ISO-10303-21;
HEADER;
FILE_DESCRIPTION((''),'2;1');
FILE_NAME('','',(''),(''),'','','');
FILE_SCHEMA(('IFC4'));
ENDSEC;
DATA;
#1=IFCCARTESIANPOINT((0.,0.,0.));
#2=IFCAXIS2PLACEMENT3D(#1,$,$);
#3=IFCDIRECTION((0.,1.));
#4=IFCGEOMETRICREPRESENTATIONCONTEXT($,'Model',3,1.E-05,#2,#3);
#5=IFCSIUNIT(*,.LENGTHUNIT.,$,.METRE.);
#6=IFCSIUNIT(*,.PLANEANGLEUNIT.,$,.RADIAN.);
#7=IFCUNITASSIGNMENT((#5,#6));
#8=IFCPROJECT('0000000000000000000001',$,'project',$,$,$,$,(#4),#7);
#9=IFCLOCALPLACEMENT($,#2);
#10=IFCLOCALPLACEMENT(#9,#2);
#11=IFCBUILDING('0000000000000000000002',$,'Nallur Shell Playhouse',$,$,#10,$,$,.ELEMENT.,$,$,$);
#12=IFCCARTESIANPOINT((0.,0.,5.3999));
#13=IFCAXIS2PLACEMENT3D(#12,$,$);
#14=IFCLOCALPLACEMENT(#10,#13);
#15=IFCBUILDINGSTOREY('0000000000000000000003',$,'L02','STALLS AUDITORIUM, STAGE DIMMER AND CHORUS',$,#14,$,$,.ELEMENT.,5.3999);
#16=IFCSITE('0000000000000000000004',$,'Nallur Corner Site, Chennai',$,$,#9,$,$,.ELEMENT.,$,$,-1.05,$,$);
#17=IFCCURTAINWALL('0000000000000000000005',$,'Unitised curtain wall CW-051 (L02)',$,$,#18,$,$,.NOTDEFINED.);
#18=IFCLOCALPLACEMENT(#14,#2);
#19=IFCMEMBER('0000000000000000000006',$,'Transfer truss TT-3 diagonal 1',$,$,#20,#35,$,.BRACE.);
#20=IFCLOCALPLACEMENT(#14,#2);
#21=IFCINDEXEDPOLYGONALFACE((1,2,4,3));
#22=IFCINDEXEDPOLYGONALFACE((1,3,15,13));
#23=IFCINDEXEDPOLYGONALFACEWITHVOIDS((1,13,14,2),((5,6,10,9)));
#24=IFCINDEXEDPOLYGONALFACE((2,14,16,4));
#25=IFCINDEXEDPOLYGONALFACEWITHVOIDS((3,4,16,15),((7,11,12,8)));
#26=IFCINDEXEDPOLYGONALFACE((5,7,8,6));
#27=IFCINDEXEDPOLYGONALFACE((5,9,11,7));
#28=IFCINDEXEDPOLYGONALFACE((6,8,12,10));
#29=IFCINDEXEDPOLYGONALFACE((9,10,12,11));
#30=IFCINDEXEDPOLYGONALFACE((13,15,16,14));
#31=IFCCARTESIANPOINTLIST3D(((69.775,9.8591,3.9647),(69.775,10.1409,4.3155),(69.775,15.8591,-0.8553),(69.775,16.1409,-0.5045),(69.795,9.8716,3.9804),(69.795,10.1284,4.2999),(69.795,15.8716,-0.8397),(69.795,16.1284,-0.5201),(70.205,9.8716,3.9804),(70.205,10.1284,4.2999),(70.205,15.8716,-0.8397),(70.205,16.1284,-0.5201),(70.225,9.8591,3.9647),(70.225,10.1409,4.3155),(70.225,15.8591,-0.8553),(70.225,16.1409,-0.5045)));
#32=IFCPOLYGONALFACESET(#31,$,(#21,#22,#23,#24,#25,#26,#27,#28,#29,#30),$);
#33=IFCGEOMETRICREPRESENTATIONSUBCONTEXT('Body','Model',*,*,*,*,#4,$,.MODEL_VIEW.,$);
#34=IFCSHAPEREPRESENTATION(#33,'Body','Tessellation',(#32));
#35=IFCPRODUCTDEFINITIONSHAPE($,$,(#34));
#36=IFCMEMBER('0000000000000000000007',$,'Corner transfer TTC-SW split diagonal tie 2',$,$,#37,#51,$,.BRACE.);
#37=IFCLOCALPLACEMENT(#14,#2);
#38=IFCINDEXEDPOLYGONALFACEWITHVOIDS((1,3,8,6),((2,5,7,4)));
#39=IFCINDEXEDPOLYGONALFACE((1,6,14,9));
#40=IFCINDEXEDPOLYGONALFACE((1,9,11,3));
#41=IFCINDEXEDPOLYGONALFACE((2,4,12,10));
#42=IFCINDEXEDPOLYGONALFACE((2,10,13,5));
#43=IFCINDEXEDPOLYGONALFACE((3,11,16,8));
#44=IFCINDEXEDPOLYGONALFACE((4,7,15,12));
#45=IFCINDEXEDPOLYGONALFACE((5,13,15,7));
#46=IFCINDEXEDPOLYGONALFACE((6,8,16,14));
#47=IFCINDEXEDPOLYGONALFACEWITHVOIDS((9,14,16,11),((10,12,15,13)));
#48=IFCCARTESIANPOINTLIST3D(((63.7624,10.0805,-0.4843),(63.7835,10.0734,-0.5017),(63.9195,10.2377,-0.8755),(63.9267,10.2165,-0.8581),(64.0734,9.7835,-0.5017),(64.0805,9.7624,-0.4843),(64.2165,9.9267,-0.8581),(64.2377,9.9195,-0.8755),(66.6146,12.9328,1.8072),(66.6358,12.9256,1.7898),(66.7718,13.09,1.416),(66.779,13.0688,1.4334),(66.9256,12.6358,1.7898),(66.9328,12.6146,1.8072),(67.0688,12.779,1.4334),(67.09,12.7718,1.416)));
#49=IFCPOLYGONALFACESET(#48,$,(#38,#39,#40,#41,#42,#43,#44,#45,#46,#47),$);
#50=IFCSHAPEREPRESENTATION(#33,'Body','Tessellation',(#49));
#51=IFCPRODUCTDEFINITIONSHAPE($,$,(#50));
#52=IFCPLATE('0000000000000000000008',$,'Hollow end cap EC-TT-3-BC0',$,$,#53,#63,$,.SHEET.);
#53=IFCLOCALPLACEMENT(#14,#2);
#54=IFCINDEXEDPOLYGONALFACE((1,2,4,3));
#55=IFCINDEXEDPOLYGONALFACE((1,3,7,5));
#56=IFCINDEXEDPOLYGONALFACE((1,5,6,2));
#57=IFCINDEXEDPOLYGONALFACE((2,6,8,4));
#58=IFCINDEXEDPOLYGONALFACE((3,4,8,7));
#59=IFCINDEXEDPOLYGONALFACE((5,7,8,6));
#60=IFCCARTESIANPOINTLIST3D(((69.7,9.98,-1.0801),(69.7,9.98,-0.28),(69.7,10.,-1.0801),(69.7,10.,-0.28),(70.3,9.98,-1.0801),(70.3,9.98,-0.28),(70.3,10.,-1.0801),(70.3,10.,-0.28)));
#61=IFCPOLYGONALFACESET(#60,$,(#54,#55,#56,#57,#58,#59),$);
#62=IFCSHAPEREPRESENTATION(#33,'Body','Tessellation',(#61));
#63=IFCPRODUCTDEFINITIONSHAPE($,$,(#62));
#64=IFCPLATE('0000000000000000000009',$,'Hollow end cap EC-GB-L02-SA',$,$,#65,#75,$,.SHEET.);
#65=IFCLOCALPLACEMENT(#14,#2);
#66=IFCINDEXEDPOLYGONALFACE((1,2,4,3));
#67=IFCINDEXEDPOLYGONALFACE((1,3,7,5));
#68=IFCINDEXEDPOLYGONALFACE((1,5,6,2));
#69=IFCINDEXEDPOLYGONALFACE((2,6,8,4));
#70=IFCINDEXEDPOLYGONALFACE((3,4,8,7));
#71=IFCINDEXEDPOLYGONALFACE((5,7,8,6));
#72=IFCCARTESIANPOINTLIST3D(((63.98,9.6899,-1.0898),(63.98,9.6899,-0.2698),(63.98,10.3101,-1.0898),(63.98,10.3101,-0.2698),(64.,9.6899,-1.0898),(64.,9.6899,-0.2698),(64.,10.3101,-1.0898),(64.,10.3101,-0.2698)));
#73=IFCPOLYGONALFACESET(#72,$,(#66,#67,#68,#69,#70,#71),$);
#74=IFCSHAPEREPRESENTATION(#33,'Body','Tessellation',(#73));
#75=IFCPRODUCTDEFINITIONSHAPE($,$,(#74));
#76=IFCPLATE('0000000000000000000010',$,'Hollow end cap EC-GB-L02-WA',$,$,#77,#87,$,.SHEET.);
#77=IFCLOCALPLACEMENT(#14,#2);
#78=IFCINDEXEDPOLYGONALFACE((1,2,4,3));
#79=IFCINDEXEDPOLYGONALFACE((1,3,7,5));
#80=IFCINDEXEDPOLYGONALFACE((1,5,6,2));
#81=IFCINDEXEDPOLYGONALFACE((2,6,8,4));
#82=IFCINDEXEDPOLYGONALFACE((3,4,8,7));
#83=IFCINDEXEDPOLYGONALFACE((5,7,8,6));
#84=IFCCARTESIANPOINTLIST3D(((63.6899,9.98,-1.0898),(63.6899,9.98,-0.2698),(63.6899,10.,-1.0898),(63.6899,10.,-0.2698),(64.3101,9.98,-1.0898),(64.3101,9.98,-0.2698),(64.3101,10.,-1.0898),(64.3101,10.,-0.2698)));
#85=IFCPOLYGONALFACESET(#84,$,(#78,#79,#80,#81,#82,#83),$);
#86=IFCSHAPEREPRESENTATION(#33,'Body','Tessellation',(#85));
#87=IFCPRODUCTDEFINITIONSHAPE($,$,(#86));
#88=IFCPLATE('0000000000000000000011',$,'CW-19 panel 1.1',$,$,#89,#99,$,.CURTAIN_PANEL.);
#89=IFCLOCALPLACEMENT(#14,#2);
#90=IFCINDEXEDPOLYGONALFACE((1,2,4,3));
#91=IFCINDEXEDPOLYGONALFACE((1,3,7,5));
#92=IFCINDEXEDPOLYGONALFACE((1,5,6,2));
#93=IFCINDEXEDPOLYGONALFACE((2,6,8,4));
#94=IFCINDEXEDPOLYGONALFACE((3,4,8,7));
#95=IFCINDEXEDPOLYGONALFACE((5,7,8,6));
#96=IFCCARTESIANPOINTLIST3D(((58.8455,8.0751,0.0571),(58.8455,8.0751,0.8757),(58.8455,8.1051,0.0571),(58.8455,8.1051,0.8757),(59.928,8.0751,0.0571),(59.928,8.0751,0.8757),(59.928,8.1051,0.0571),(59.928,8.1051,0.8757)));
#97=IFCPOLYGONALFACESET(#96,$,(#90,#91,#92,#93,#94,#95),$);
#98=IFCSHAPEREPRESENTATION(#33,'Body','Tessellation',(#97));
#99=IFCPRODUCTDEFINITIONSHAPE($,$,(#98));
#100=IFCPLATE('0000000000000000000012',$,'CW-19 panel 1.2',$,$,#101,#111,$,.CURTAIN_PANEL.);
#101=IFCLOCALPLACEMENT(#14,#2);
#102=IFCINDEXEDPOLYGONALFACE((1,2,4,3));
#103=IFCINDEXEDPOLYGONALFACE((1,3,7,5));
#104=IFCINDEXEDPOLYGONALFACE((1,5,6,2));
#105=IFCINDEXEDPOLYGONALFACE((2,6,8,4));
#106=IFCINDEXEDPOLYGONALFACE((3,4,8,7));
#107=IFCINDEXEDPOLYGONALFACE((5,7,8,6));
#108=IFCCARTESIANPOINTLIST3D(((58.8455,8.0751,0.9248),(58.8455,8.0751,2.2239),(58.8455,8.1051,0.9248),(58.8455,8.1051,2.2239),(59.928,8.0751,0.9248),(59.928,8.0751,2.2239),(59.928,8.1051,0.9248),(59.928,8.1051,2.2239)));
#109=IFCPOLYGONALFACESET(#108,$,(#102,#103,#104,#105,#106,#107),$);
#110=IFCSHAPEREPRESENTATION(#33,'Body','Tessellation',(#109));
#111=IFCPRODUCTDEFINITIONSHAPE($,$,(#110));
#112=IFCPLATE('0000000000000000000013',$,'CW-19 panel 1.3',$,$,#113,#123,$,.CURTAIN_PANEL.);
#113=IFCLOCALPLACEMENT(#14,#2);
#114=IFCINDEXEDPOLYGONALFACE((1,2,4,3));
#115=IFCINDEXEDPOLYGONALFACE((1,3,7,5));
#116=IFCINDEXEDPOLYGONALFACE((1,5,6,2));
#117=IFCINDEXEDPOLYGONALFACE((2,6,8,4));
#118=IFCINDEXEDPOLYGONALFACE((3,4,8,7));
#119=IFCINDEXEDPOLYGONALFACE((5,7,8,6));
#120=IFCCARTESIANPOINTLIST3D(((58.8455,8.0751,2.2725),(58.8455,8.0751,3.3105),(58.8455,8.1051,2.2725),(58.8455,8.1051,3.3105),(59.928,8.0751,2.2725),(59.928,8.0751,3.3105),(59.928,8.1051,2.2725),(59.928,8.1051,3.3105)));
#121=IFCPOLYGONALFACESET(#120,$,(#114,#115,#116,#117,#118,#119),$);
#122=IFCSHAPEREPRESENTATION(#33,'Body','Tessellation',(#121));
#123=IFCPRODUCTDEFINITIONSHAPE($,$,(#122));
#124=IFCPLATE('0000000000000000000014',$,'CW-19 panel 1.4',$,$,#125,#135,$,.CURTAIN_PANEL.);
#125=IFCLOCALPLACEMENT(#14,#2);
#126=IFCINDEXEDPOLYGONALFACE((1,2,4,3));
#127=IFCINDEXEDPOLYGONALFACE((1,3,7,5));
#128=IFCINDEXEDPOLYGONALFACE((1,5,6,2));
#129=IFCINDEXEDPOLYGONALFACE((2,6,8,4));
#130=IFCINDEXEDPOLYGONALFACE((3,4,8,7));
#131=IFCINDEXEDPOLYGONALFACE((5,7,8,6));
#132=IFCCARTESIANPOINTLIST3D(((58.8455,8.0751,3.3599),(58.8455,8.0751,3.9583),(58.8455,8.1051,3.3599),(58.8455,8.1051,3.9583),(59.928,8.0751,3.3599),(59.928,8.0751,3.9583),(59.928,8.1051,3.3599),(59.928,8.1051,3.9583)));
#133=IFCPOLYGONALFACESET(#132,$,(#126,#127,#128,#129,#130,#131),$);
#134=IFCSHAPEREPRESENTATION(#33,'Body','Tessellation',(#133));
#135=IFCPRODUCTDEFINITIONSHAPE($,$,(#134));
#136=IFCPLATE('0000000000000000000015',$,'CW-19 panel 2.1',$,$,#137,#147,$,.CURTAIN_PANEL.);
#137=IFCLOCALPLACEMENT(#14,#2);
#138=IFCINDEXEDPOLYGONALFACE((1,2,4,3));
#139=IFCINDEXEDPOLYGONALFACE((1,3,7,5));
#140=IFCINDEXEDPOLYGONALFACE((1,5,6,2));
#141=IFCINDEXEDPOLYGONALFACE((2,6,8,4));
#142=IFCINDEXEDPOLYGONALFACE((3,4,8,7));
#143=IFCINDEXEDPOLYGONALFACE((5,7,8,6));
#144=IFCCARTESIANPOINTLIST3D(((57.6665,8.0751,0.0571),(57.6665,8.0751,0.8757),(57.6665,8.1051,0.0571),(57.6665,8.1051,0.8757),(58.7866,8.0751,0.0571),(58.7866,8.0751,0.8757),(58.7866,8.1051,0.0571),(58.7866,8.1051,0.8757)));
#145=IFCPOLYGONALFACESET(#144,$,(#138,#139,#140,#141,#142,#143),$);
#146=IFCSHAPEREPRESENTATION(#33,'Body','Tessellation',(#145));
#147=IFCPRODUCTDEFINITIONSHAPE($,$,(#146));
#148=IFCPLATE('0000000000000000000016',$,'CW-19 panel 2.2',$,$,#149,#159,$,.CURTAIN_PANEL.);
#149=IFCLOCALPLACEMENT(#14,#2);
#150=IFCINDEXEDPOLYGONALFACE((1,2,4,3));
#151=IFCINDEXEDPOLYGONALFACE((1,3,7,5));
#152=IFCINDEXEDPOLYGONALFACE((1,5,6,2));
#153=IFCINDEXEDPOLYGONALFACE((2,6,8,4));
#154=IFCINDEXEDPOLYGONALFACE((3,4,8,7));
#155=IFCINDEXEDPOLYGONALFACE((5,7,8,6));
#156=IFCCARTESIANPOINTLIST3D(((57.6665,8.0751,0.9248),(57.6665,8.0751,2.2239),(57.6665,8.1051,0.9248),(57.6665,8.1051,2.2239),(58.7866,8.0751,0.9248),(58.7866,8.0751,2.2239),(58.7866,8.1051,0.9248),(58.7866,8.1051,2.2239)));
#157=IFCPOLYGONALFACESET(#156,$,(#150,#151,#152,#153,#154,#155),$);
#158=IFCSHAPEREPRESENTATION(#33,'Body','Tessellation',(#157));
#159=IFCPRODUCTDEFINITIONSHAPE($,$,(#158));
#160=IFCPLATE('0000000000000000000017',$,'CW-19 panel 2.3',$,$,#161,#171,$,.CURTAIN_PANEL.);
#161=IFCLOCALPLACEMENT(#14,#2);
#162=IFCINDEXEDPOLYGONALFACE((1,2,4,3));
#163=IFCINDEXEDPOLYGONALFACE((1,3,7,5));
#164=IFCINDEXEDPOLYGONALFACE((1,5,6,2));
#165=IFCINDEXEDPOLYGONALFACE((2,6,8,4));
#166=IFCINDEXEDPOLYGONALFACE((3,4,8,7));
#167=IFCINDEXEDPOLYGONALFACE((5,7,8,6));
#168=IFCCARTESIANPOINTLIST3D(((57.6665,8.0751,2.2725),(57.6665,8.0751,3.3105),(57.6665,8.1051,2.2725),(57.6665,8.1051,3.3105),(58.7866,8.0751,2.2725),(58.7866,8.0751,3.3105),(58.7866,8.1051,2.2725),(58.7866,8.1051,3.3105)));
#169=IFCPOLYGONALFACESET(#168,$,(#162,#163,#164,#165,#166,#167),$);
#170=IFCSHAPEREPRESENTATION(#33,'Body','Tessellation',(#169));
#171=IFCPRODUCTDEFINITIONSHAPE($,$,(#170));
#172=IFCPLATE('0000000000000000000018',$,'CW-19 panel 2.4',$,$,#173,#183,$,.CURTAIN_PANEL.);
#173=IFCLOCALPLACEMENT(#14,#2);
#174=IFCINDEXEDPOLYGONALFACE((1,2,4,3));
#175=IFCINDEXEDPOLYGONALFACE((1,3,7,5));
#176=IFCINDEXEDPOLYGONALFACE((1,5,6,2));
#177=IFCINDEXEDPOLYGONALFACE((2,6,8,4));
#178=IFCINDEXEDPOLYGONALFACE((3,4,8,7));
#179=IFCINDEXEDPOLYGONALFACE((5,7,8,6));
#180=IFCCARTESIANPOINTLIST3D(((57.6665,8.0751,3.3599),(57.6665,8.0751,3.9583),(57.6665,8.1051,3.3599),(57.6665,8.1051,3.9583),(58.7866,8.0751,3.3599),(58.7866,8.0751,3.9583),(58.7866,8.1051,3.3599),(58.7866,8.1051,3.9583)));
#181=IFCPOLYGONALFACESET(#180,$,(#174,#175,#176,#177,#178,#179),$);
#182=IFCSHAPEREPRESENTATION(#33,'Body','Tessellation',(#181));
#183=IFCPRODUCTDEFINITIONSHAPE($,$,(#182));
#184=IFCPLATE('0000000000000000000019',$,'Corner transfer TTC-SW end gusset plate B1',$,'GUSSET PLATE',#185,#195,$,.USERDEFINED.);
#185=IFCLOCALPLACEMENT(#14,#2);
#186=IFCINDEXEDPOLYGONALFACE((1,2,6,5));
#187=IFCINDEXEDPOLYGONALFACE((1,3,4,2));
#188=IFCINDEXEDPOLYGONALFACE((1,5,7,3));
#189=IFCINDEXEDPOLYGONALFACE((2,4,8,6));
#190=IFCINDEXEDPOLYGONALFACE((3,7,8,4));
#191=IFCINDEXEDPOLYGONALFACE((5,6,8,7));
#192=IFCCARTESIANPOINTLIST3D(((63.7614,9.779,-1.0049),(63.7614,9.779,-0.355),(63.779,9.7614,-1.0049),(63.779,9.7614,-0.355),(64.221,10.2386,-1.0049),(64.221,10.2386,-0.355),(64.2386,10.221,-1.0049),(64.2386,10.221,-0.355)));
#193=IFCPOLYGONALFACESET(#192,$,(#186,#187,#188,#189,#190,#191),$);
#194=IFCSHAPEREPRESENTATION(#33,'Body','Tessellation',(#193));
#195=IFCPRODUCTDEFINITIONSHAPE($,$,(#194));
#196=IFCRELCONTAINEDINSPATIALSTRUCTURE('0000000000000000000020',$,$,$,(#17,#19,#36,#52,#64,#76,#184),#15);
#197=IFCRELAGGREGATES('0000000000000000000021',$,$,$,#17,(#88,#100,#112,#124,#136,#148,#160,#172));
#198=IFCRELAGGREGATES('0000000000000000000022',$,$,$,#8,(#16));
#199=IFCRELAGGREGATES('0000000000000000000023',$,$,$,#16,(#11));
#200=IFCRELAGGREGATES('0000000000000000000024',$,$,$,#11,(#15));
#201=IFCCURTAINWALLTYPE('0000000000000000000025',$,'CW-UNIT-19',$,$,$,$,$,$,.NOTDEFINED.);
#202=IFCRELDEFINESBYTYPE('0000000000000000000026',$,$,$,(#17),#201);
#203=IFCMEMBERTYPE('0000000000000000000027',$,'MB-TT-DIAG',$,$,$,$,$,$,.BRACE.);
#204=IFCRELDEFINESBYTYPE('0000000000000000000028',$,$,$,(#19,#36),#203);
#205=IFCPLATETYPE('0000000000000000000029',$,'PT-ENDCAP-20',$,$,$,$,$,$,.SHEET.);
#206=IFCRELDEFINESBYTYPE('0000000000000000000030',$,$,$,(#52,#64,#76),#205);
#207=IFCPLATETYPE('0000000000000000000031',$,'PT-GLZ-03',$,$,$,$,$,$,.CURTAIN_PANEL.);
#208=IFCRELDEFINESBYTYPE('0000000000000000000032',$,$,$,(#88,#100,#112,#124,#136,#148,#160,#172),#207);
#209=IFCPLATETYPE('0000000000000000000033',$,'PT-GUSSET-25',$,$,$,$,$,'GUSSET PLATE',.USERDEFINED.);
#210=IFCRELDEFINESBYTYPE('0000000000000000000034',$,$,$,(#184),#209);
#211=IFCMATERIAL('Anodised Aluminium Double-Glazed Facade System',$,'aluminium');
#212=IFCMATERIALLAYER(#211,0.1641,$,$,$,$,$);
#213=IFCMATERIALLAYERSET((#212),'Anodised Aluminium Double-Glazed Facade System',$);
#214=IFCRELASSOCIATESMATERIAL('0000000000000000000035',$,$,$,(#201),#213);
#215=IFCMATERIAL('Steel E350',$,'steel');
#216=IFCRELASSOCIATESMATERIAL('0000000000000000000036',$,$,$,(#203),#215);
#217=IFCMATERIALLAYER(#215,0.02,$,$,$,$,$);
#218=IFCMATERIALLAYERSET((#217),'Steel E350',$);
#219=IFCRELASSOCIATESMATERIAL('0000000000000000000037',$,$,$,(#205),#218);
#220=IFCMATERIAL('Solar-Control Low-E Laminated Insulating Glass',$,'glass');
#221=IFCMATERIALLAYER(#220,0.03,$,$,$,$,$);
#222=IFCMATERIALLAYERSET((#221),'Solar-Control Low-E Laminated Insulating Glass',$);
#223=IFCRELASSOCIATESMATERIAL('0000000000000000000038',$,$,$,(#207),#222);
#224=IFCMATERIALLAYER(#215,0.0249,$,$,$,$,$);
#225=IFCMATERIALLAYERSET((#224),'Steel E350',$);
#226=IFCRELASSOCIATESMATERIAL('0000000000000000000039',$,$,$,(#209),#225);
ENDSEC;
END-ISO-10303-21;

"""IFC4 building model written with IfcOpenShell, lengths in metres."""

from ifc_helpers import new_model, si_unit, direction, frame, origin, origin_2d, place, context, subcontext, project, spatial, rectangle, hollow_rectangle, extrude, material, layer, layer_set, material_profile, profile_set, type_object, element, aggregate, save


model = new_model("IFC4")

# Units and contexts
model_context = context("Model", 3, precision=1e-05, world=origin(), true_north=direction((0.0, 1.0)))
body_context = subcontext(model_context, "Body", "Model", "MODEL_VIEW")
ifc_project = project(units=[si_unit("LENGTHUNIT", "METRE"), si_unit("PLANEANGLEUNIT", "RADIAN")], contexts=[model_context])

# Site, building, storey
site_placement = place(None, origin())
site = spatial("IfcSite", under=ifc_project, at=site_placement, Name="Nallur Corner Site, Chennai", CompositionType="ELEMENT", RefElevation=-1.05)
building_placement = place(site_placement, origin())
building = spatial("IfcBuilding", under=site, at=building_placement, Name="Nallur Shell Playhouse", CompositionType="ELEMENT")
storey_placement = place(building_placement, frame((0.0, 0.0, 5.3999)))
storey = spatial("IfcBuildingStorey", under=building, at=storey_placement, Name="L02", Description="STALLS AUDITORIUM, STAGE DIMMER AND CHORUS", CompositionType="ELEMENT", Elevation=5.3999)

# Shared definitions
ifc_material_1 = material(Name="Steel E350", Category="steel")

# Curtain wall
ifc_material_2 = material(Name="Anodised Aluminium Double-Glazed Facade System", Category="aluminium")
ifc_layer_1 = layer(ifc_material_2, 0.1641)
ifc_layer_set_1 = layer_set([ifc_layer_1], Name="Anodised Aluminium Double-Glazed Facade System")
curtain_wall_type = type_object("IfcCurtainWallType", Name="CW-UNIT-19", PredefinedType="NOTDEFINED", material=ifc_layer_set_1)
curtain_wall_placement = place(storey_placement, origin())
curtain_wall = element("IfcCurtainWall", 1, at=curtain_wall_placement, inside=storey, type_object=curtain_wall_type, Name="Unitised curtain wall CW-051 (L02)", PredefinedType="NOTDEFINED")

# Members
ifc_material_profile_1 = material_profile(ifc_material_1, hollow_rectangle(XDim=0.45, YDim=0.45, WallThickness=0.02, at=origin_2d()), Name="BOX 450x450x20")
ifc_profile_set_1 = profile_set([ifc_material_profile_1], Name="Steel E350")
member_type_1 = type_object("IfcMemberType", Name="MB-TT-DIAG", PredefinedType="BRACE", material=ifc_profile_set_1)
member_1_placement = place(storey_placement, frame((70.0, 10.0, 4.1401), z_axis=(0.0, 0.779595, -0.626284), x_axis=(-1.0, 0.0, 0.0)))
element("IfcMember", 2, at=member_1_placement, inside=storey, type_object=member_type_1, Name="Transfer truss TT-3 diagonal 1", PredefinedType="BRACE", context=body_context, shape_type="SweptSolid", body=[
    extrude(hollow_rectangle(XDim=0.45, YDim=0.45, WallThickness=0.02, at=origin_2d()), origin(), (0.0, 0.0, 1.0), 7.6963),
])
member_2_placement = place(storey_placement, frame((66.8523, 12.8523, 1.6116), z_axis=(-0.614825, -0.614825, -0.493944), x_axis=(0.707107, -0.707107, 0.0)))
element("IfcMember", 3, at=member_2_placement, inside=storey, type_object=member_type_1, Name="Corner transfer TTC-SW split diagonal tie 2", PredefinedType="BRACE", context=body_context, shape_type="SweptSolid", body=[
    extrude(hollow_rectangle(XDim=0.45, YDim=0.45, WallThickness=0.02, at=origin_2d()), origin(), (0.0, 0.0, 1.0), 4.6392),
])

# Plates
ifc_layer_2 = layer(ifc_material_1, 0.02)
ifc_layer_set_2 = layer_set([ifc_layer_2], Name="Steel E350")
plate_type_1 = type_object("IfcPlateType", Name="PT-ENDCAP-20", PredefinedType="SHEET", material=ifc_layer_set_2)
plate_1_placement = place(storey_placement, frame((70.0, 9.99, -1.0801), z_axis=(0.0, 0.0, 1.0), x_axis=(1.0, 0.0, 0.0)))
element("IfcPlate", 4, at=plate_1_placement, inside=storey, type_object=plate_type_1, Name="Hollow end cap EC-TT-3-BC0", PredefinedType="SHEET", context=body_context, shape_type="SweptSolid", body=[
    extrude(rectangle(XDim=0.6001, YDim=0.02, at=origin_2d()), origin(), (0.0, 0.0, 1.0), 0.8),
])
plate_2_placement = place(storey_placement, frame((63.99, 10.0, -1.0898), z_axis=(0.0, 0.0, 1.0), x_axis=(1.0, 0.0, 0.0)))
element("IfcPlate", 5, at=plate_2_placement, inside=storey, type_object=plate_type_1, Name="Hollow end cap EC-GB-L02-SA", PredefinedType="SHEET", context=body_context, shape_type="SweptSolid", body=[
    extrude(rectangle(XDim=0.02, YDim=0.6201, at=origin_2d()), origin(), (0.0, 0.0, 1.0), 0.8201),
])
plate_3_placement = place(storey_placement, frame((64.0, 9.99, -1.0898), z_axis=(0.0, 0.0, 1.0), x_axis=(1.0, 0.0, 0.0)))
element("IfcPlate", 6, at=plate_3_placement, inside=storey, type_object=plate_type_1, Name="Hollow end cap EC-GB-L02-WA", PredefinedType="SHEET", context=body_context, shape_type="SweptSolid", body=[
    extrude(rectangle(XDim=0.6201, YDim=0.02, at=origin_2d()), origin(), (0.0, 0.0, 1.0), 0.8201),
])

# Plates
ifc_material_3 = material(Name="Solar-Control Low-E Laminated Insulating Glass", Category="glass")
ifc_layer_3 = layer(ifc_material_3, 0.03)
ifc_layer_set_3 = layer_set([ifc_layer_3], Name="Solar-Control Low-E Laminated Insulating Glass")
plate_type_2 = type_object("IfcPlateType", Name="PT-GLZ-03", PredefinedType="CURTAIN_PANEL", material=ifc_layer_set_3)
plate_4_placement = place(storey_placement, frame((59.3867, 8.0901, 0.0571), z_axis=(0.0, 0.0, 1.0), x_axis=(-1.0, 0.0, 0.0)))
plate_4 = element("IfcPlate", 7, at=plate_4_placement, type_object=plate_type_2, Name="CW-19 panel 1.1", PredefinedType="CURTAIN_PANEL", context=body_context, shape_type="SweptSolid", body=[
    extrude(rectangle(XDim=1.0825, YDim=0.03, at=origin_2d()), origin(), (0.0, 0.0, 1.0), 0.8186),
])
plate_5_placement = place(storey_placement, frame((59.3867, 8.0901, 0.9248), z_axis=(0.0, 0.0, 1.0), x_axis=(-1.0, 0.0, 0.0)))
plate_5 = element("IfcPlate", 8, at=plate_5_placement, type_object=plate_type_2, Name="CW-19 panel 1.2", PredefinedType="CURTAIN_PANEL", context=body_context, shape_type="SweptSolid", body=[
    extrude(rectangle(XDim=1.0825, YDim=0.03, at=origin_2d()), origin(), (0.0, 0.0, 1.0), 1.2991),
])
plate_6_placement = place(storey_placement, frame((59.3867, 8.0901, 2.2725), z_axis=(0.0, 0.0, 1.0), x_axis=(-1.0, 0.0, 0.0)))
plate_6 = element("IfcPlate", 9, at=plate_6_placement, type_object=plate_type_2, Name="CW-19 panel 1.3", PredefinedType="CURTAIN_PANEL", context=body_context, shape_type="SweptSolid", body=[
    extrude(rectangle(XDim=1.0825, YDim=0.03, at=origin_2d()), origin(), (0.0, 0.0, 1.0), 1.0381),
])
plate_7_placement = place(storey_placement, frame((59.3867, 8.0901, 3.3599), z_axis=(0.0, 0.0, 1.0), x_axis=(-1.0, 0.0, 0.0)))
plate_7 = element("IfcPlate", 10, at=plate_7_placement, type_object=plate_type_2, Name="CW-19 panel 1.4", PredefinedType="CURTAIN_PANEL", context=body_context, shape_type="SweptSolid", body=[
    extrude(rectangle(XDim=1.0825, YDim=0.03, at=origin_2d()), origin(), (0.0, 0.0, 1.0), 0.5984),
])
plate_8_placement = place(storey_placement, frame((58.2266, 8.0901, 0.0571), z_axis=(0.0, 0.0, 1.0), x_axis=(-1.0, 0.0, 0.0)))
plate_8 = element("IfcPlate", 11, at=plate_8_placement, type_object=plate_type_2, Name="CW-19 panel 2.1", PredefinedType="CURTAIN_PANEL", context=body_context, shape_type="SweptSolid", body=[
    extrude(rectangle(XDim=1.1201, YDim=0.03, at=origin_2d()), origin(), (0.0, 0.0, 1.0), 0.8186),
])
plate_9_placement = place(storey_placement, frame((58.2266, 8.0901, 0.9248), z_axis=(0.0, 0.0, 1.0), x_axis=(-1.0, 0.0, 0.0)))
plate_9 = element("IfcPlate", 12, at=plate_9_placement, type_object=plate_type_2, Name="CW-19 panel 2.2", PredefinedType="CURTAIN_PANEL", context=body_context, shape_type="SweptSolid", body=[
    extrude(rectangle(XDim=1.1201, YDim=0.03, at=origin_2d()), origin(), (0.0, 0.0, 1.0), 1.2991),
])
plate_10_placement = place(storey_placement, frame((58.2266, 8.0901, 2.2725), z_axis=(0.0, 0.0, 1.0), x_axis=(-1.0, 0.0, 0.0)))
plate_10 = element("IfcPlate", 13, at=plate_10_placement, type_object=plate_type_2, Name="CW-19 panel 2.3", PredefinedType="CURTAIN_PANEL", context=body_context, shape_type="SweptSolid", body=[
    extrude(rectangle(XDim=1.1201, YDim=0.03, at=origin_2d()), origin(), (0.0, 0.0, 1.0), 1.0381),
])
plate_11_placement = place(storey_placement, frame((58.2266, 8.0901, 3.3599), z_axis=(0.0, 0.0, 1.0), x_axis=(-1.0, 0.0, 0.0)))
plate_11 = element("IfcPlate", 14, at=plate_11_placement, type_object=plate_type_2, Name="CW-19 panel 2.4", PredefinedType="CURTAIN_PANEL", context=body_context, shape_type="SweptSolid", body=[
    extrude(rectangle(XDim=1.1201, YDim=0.03, at=origin_2d()), origin(), (0.0, 0.0, 1.0), 0.5984),
])
aggregate(curtain_wall, [plate_4, plate_5, plate_6, plate_7, plate_8, plate_9, plate_10, plate_11])

# Plate
ifc_layer_4 = layer(ifc_material_1, 0.0249)
ifc_layer_set_4 = layer_set([ifc_layer_4], Name="Steel E350")
plate_type_3 = type_object("IfcPlateType", Name="PT-GUSSET-25", ElementType="GUSSET PLATE", PredefinedType="USERDEFINED", material=ifc_layer_set_4)
for number, where, z_axis, x_axis, name in (
    (15, (64.0, 10.0, -1.0049), (0.0, 0.0, 1.0), (-0.707107, -0.707107, 0.0), "Corner transfer TTC-SW end gusset plate B1"),
):
    element("IfcPlate", number, at=place(storey_placement, frame(where, z_axis=z_axis, x_axis=x_axis)), inside=storey, type_object=plate_type_3, Name=name, ObjectType="GUSSET PLATE", PredefinedType="USERDEFINED", context=body_context, shape_type="SweptSolid", body=[
        extrude(rectangle(XDim=0.6499, YDim=0.0249, at=origin_2d()), origin(), (0.0, 0.0, 1.0), 0.6499),
    ])

save(model, "model.ifc")
